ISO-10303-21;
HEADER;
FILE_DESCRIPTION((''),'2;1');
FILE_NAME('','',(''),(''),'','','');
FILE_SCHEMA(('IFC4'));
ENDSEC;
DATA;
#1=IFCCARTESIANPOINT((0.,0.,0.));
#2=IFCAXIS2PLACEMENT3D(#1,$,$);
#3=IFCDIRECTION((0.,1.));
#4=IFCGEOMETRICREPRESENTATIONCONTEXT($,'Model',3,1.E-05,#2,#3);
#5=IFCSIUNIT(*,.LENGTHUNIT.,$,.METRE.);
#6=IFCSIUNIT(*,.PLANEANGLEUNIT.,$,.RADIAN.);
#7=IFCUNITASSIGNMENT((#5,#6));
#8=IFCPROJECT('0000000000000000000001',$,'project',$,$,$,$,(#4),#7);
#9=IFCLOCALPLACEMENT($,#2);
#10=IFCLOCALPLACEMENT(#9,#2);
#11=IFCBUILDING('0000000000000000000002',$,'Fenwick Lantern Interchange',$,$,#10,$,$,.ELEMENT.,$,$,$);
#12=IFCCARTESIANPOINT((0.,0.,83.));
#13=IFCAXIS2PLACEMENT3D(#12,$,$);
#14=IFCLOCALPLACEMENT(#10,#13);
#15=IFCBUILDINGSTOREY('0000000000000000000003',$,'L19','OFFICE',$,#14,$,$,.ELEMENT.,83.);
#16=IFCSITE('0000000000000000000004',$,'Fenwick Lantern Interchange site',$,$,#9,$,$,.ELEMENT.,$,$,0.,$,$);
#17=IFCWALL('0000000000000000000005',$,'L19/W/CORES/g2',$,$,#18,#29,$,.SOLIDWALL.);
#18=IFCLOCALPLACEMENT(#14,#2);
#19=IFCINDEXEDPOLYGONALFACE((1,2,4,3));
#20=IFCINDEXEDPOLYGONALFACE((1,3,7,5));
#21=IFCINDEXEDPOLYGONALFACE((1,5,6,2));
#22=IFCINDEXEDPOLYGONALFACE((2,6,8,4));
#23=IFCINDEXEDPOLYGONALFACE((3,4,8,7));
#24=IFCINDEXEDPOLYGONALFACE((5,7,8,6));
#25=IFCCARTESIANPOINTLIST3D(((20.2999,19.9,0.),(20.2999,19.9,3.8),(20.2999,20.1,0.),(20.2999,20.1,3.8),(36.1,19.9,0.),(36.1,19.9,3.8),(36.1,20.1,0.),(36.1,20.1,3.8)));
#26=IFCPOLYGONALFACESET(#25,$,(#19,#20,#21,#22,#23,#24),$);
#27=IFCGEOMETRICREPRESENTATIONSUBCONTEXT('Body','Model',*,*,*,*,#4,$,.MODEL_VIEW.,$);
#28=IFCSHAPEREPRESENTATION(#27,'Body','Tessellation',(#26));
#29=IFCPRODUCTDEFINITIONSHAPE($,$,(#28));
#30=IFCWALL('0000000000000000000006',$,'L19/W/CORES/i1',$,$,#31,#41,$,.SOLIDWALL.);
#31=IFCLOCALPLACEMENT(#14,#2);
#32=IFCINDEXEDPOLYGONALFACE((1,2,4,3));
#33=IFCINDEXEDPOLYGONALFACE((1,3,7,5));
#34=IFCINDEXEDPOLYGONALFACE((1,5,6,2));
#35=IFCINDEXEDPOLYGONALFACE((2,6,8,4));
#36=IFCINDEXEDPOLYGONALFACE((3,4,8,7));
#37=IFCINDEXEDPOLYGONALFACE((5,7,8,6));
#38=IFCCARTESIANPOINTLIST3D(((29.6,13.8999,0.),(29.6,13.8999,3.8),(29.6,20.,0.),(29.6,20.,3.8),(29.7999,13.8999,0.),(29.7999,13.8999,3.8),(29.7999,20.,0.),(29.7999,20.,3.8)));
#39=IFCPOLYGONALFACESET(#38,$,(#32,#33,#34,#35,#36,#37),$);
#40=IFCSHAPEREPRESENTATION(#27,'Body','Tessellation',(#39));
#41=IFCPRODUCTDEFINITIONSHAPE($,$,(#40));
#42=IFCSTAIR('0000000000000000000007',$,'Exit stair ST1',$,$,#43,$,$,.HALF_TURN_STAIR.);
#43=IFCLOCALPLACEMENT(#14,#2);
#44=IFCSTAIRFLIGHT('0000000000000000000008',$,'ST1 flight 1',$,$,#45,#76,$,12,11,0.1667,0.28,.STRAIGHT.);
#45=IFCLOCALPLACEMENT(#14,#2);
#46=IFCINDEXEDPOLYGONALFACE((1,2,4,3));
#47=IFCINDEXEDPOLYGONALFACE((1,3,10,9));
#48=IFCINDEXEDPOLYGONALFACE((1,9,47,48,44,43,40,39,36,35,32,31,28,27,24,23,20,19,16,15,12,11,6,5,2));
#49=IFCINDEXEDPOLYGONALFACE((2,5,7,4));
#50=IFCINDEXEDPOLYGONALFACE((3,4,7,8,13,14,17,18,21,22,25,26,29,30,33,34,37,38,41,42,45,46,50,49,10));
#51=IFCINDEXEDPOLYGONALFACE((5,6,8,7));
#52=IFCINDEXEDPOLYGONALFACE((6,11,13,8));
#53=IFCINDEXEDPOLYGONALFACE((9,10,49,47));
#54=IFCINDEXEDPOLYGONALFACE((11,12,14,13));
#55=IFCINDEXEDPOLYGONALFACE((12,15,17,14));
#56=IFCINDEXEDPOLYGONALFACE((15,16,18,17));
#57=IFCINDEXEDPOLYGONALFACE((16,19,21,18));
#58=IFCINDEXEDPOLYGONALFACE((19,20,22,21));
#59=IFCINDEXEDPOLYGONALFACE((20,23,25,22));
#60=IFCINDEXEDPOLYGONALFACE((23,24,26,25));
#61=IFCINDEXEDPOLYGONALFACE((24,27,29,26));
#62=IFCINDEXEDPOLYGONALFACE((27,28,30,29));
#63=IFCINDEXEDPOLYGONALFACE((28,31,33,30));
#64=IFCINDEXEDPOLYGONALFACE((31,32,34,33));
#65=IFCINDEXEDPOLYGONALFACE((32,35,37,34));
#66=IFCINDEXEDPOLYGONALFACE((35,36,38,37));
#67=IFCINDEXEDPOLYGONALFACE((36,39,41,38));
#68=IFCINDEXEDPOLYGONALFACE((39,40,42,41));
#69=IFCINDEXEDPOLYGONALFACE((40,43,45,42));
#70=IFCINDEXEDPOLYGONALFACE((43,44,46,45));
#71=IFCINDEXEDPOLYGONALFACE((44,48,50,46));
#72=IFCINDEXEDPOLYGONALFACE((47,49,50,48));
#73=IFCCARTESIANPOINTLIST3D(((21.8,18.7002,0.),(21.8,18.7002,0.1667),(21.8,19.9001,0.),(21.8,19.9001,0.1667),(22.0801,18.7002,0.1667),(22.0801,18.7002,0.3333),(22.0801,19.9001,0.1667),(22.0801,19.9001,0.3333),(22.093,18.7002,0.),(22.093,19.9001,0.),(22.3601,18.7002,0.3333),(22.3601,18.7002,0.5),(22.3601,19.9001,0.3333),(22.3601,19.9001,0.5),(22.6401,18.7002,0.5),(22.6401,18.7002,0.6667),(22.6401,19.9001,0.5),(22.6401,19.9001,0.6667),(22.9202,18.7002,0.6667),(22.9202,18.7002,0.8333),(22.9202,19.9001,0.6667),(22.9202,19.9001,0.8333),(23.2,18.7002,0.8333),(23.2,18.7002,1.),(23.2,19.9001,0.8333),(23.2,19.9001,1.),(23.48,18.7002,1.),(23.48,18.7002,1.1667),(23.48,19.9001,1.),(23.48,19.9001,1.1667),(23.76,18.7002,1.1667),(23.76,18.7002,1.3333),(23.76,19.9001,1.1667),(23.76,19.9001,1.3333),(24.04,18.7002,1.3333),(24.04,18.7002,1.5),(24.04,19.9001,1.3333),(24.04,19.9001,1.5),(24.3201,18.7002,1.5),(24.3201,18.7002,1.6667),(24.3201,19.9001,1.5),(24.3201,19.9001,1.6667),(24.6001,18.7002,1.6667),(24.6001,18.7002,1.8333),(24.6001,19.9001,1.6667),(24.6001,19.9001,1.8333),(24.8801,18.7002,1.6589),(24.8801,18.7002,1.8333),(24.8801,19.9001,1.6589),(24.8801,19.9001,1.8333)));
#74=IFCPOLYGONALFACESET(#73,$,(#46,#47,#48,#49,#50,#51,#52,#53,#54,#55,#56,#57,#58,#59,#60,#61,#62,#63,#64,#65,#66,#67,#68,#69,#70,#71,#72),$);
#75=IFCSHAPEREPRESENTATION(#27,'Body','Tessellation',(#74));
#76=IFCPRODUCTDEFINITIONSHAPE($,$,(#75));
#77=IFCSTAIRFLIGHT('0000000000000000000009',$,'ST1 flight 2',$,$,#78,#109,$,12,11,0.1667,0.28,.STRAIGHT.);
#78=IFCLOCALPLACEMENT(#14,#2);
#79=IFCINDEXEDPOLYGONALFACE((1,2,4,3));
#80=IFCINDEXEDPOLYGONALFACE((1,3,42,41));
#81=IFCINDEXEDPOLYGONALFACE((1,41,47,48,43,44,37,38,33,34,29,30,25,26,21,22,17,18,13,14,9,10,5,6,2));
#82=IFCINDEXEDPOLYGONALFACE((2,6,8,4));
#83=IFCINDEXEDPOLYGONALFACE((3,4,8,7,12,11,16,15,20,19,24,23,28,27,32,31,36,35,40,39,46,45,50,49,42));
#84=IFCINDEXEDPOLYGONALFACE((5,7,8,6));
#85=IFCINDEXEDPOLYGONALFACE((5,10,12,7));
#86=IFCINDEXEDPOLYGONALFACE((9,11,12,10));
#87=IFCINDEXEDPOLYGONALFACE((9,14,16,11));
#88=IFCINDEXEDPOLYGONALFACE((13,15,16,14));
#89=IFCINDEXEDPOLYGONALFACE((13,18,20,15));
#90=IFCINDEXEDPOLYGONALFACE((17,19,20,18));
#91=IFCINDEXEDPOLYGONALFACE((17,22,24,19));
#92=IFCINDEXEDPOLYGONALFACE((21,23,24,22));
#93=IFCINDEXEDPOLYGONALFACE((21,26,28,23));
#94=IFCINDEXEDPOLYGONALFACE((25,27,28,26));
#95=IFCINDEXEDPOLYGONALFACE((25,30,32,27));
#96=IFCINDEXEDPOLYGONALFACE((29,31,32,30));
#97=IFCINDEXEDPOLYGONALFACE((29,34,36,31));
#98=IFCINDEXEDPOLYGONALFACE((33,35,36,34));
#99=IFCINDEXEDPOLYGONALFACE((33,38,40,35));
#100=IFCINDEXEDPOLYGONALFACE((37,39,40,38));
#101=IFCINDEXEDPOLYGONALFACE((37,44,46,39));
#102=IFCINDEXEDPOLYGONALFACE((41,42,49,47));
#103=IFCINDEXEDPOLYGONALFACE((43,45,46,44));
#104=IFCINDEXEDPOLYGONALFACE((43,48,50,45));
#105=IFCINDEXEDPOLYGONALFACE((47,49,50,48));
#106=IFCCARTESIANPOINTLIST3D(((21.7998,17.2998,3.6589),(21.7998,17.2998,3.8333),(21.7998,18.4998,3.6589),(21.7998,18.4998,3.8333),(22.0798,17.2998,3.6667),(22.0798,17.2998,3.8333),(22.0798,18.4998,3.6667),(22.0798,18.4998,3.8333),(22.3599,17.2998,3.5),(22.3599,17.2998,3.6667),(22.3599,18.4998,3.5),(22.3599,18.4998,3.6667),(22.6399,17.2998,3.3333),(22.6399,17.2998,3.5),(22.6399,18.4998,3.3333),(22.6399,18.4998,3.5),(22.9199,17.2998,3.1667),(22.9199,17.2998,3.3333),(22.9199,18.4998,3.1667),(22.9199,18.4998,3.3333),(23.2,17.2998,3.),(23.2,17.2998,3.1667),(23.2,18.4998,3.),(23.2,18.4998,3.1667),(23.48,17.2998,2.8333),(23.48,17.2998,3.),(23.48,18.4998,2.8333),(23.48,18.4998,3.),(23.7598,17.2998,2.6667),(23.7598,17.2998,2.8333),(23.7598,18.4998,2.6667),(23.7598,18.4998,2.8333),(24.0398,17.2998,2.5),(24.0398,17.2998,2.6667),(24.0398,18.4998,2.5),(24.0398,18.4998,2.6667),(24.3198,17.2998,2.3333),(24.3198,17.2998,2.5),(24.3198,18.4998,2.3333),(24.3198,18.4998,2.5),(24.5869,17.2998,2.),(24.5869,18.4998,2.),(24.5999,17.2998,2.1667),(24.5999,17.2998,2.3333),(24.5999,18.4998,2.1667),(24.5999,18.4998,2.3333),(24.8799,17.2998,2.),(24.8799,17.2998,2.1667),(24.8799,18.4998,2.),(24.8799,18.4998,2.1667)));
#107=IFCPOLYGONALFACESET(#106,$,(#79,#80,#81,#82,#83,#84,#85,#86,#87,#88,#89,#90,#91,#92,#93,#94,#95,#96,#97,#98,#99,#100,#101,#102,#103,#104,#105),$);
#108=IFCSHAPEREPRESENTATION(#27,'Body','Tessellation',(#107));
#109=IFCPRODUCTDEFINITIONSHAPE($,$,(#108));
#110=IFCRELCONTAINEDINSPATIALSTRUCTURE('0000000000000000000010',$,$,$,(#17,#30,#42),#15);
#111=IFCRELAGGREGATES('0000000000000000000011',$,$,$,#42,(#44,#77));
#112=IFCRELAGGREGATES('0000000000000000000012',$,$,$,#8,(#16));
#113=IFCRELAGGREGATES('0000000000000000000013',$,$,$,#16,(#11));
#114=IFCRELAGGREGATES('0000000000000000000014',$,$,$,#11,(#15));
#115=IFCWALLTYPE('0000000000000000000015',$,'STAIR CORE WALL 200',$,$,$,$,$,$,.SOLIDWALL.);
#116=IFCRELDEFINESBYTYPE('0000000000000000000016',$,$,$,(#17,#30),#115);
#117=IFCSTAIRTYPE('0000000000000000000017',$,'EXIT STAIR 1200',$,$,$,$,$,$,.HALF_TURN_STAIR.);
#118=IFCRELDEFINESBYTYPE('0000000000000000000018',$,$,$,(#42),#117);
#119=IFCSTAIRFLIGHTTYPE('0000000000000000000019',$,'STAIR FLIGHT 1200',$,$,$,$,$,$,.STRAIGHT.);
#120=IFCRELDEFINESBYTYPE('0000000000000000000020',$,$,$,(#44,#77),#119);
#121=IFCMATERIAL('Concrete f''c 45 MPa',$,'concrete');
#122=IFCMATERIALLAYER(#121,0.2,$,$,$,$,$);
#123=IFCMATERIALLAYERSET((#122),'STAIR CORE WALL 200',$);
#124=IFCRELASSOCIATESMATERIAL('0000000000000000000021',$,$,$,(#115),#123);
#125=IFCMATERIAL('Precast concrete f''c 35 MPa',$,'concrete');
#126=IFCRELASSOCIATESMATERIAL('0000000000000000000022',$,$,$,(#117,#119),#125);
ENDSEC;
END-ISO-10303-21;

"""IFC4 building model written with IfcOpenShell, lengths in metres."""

from ifc_helpers import new_model, si_unit, direction, frame, frame_2d, origin, place, context, subcontext, project, spatial, polyline, rectangle, outline, extrude, material, layer, layer_set, type_object, element, aggregate, save


model = new_model("IFC4")

# Units and contexts
model_context = context("Model", 3, precision=1e-05, world=origin(), true_north=direction((0.0, 1.0)))
body_context = subcontext(model_context, "Body", "Model", "MODEL_VIEW")
ifc_project = project(units=[si_unit("LENGTHUNIT", "METRE"), si_unit("PLANEANGLEUNIT", "RADIAN")], contexts=[model_context])

# Site, building, storey
site_placement = place(None, origin())
site = spatial("IfcSite", under=ifc_project, at=site_placement, Name="Fenwick Lantern Interchange site", CompositionType="ELEMENT", RefElevation=0.0)
building_placement = place(site_placement, origin())
building = spatial("IfcBuilding", under=site, at=building_placement, Name="Fenwick Lantern Interchange", CompositionType="ELEMENT")
storey_placement = place(building_placement, frame((0.0, 0.0, 83.0)))
storey = spatial("IfcBuildingStorey", under=building, at=storey_placement, Name="L19", Description="OFFICE", CompositionType="ELEMENT", Elevation=83.0)

# Shared definitions
ifc_material_1 = material(Name="Concrete f'c 45 MPa", Category="concrete")
ifc_layer_1 = layer(ifc_material_1, 0.2)
ifc_layer_set_1 = layer_set([ifc_layer_1], Name="STAIR CORE WALL 200")
wall_type_1 = type_object("IfcWallType", Name="STAIR CORE WALL 200", PredefinedType="SOLIDWALL", material=ifc_layer_set_1)

# Walls
wall_1_placement = place(storey_placement, frame((20.3, 20.0, 0.0), z_axis=(0.0, 0.0, 1.0), x_axis=(1.0, 0.0, 0.0)))
element("IfcWall", 1, at=wall_1_placement, inside=storey, type_object=wall_type_1, Name="L19/W/CORES/g2", PredefinedType="SOLIDWALL", context=body_context, shape_type="SweptSolid", body=[
    extrude(rectangle(XDim=15.8, YDim=0.2, at=frame_2d((7.8999, 0.0))), origin(), (0.0, 0.0, 1.0), 3.8),
])
wall_2_placement = place(storey_placement, frame((29.7, 13.8999, 0.0), z_axis=(0.0, 0.0, 1.0), x_axis=(0.0, 1.0, 0.0)))
element("IfcWall", 2, at=wall_2_placement, inside=storey, type_object=wall_type_1, Name="L19/W/CORES/i1", PredefinedType="SOLIDWALL", context=body_context, shape_type="SweptSolid", body=[
    extrude(rectangle(XDim=6.1001, YDim=0.2, at=frame_2d((3.05, 0.0))), origin(), (0.0, 0.0, 1.0), 3.8),
])

# Stair, stair flights
ifc_material_2 = material(Name="Precast concrete f'c 35 MPa", Category="concrete")
stair_type = type_object("IfcStairType", Name="EXIT STAIR 1200", PredefinedType="HALF_TURN_STAIR", material=ifc_material_2)
stair_placement = place(storey_placement, origin())
stair = element("IfcStair", 3, at=stair_placement, inside=storey, type_object=stair_type, Name="Exit stair ST1", PredefinedType="HALF_TURN_STAIR")
stair_flight_type = type_object("IfcStairFlightType", Name="STAIR FLIGHT 1200", PredefinedType="STRAIGHT", material=ifc_material_2)
stair_flight_1_placement = place(storey_placement, frame((21.8, 19.3, 0.0), z_axis=(0.0, 0.0, 1.0), x_axis=(1.0, 0.0, 0.0)))
stair_flight_1 = element("IfcStairFlight", 4, at=stair_flight_1_placement, type_object=stair_flight_type, Name="ST1 flight 1", NumberOfRisers=12, NumberOfTreads=11, PredefinedType="STRAIGHT", RiserHeight=0.1667, TreadLength=0.28, context=body_context, shape_type="SweptSolid", body=[
    extrude(outline(polyline([(0.0, 0.0), (0.0, 0.1667), (0.28, 0.1667), (0.28, 0.3333), (0.5601, 0.3333), (0.5601, 0.5), (0.8401, 0.5), (0.8401, 0.6667), (1.1201, 0.6667), (1.1201, 0.8333), (1.3999, 0.8333), (1.3999, 1.0), (1.6799, 1.0), (1.6799, 1.1667), (1.96, 1.1667), (1.96, 1.3333), (2.24, 1.3333), (2.24, 1.5), (2.52, 1.5), (2.52, 1.6667), (2.8, 1.6667), (2.8, 1.8333), (3.0801, 1.8333), (3.0801, 2.0), (3.0801, 1.6589), (0.293, 0.0), (0.0, 0.0)])), frame((0.0, 0.6001, 0.0), z_axis=(0.0, -1.0, 0.0), x_axis=(1.0, 0.0, 0.0)), (0.0, 0.0, 1.0), 1.2),
])
stair_flight_2_placement = place(storey_placement, frame((24.8799, 17.8999, 2.0), z_axis=(0.0, 0.0, 1.0), x_axis=(-1.0, 0.0, 0.0)))
stair_flight_2 = element("IfcStairFlight", 5, at=stair_flight_2_placement, type_object=stair_flight_type, Name="ST1 flight 2", NumberOfRisers=12, NumberOfTreads=11, PredefinedType="STRAIGHT", RiserHeight=0.1667, TreadLength=0.28, context=body_context, shape_type="SweptSolid", body=[
    extrude(outline(polyline([(0.0, 0.0), (0.0, 0.1667), (0.28, 0.1667), (0.28, 0.3333), (0.5601, 0.3333), (0.5601, 0.5), (0.8401, 0.5), (0.8401, 0.6667), (1.1201, 0.6667), (1.1201, 0.8333), (1.3999, 0.8333), (1.3999, 1.0), (1.6799, 1.0), (1.6799, 1.1667), (1.96, 1.1667), (1.96, 1.3333), (2.24, 1.3333), (2.24, 1.5), (2.52, 1.5), (2.52, 1.6667), (2.8, 1.6667), (2.8, 1.8333), (3.0801, 1.8333), (3.0801, 2.0), (3.0801, 1.6589), (0.293, 0.0), (0.0, 0.0)])), frame((0.0, 0.6001, 0.0), z_axis=(0.0, -1.0, 0.0), x_axis=(1.0, 0.0, 0.0)), (0.0, 0.0, 1.0), 1.2),
])
aggregate(stair, [stair_flight_1, stair_flight_2])

save(model, "model.ifc")
